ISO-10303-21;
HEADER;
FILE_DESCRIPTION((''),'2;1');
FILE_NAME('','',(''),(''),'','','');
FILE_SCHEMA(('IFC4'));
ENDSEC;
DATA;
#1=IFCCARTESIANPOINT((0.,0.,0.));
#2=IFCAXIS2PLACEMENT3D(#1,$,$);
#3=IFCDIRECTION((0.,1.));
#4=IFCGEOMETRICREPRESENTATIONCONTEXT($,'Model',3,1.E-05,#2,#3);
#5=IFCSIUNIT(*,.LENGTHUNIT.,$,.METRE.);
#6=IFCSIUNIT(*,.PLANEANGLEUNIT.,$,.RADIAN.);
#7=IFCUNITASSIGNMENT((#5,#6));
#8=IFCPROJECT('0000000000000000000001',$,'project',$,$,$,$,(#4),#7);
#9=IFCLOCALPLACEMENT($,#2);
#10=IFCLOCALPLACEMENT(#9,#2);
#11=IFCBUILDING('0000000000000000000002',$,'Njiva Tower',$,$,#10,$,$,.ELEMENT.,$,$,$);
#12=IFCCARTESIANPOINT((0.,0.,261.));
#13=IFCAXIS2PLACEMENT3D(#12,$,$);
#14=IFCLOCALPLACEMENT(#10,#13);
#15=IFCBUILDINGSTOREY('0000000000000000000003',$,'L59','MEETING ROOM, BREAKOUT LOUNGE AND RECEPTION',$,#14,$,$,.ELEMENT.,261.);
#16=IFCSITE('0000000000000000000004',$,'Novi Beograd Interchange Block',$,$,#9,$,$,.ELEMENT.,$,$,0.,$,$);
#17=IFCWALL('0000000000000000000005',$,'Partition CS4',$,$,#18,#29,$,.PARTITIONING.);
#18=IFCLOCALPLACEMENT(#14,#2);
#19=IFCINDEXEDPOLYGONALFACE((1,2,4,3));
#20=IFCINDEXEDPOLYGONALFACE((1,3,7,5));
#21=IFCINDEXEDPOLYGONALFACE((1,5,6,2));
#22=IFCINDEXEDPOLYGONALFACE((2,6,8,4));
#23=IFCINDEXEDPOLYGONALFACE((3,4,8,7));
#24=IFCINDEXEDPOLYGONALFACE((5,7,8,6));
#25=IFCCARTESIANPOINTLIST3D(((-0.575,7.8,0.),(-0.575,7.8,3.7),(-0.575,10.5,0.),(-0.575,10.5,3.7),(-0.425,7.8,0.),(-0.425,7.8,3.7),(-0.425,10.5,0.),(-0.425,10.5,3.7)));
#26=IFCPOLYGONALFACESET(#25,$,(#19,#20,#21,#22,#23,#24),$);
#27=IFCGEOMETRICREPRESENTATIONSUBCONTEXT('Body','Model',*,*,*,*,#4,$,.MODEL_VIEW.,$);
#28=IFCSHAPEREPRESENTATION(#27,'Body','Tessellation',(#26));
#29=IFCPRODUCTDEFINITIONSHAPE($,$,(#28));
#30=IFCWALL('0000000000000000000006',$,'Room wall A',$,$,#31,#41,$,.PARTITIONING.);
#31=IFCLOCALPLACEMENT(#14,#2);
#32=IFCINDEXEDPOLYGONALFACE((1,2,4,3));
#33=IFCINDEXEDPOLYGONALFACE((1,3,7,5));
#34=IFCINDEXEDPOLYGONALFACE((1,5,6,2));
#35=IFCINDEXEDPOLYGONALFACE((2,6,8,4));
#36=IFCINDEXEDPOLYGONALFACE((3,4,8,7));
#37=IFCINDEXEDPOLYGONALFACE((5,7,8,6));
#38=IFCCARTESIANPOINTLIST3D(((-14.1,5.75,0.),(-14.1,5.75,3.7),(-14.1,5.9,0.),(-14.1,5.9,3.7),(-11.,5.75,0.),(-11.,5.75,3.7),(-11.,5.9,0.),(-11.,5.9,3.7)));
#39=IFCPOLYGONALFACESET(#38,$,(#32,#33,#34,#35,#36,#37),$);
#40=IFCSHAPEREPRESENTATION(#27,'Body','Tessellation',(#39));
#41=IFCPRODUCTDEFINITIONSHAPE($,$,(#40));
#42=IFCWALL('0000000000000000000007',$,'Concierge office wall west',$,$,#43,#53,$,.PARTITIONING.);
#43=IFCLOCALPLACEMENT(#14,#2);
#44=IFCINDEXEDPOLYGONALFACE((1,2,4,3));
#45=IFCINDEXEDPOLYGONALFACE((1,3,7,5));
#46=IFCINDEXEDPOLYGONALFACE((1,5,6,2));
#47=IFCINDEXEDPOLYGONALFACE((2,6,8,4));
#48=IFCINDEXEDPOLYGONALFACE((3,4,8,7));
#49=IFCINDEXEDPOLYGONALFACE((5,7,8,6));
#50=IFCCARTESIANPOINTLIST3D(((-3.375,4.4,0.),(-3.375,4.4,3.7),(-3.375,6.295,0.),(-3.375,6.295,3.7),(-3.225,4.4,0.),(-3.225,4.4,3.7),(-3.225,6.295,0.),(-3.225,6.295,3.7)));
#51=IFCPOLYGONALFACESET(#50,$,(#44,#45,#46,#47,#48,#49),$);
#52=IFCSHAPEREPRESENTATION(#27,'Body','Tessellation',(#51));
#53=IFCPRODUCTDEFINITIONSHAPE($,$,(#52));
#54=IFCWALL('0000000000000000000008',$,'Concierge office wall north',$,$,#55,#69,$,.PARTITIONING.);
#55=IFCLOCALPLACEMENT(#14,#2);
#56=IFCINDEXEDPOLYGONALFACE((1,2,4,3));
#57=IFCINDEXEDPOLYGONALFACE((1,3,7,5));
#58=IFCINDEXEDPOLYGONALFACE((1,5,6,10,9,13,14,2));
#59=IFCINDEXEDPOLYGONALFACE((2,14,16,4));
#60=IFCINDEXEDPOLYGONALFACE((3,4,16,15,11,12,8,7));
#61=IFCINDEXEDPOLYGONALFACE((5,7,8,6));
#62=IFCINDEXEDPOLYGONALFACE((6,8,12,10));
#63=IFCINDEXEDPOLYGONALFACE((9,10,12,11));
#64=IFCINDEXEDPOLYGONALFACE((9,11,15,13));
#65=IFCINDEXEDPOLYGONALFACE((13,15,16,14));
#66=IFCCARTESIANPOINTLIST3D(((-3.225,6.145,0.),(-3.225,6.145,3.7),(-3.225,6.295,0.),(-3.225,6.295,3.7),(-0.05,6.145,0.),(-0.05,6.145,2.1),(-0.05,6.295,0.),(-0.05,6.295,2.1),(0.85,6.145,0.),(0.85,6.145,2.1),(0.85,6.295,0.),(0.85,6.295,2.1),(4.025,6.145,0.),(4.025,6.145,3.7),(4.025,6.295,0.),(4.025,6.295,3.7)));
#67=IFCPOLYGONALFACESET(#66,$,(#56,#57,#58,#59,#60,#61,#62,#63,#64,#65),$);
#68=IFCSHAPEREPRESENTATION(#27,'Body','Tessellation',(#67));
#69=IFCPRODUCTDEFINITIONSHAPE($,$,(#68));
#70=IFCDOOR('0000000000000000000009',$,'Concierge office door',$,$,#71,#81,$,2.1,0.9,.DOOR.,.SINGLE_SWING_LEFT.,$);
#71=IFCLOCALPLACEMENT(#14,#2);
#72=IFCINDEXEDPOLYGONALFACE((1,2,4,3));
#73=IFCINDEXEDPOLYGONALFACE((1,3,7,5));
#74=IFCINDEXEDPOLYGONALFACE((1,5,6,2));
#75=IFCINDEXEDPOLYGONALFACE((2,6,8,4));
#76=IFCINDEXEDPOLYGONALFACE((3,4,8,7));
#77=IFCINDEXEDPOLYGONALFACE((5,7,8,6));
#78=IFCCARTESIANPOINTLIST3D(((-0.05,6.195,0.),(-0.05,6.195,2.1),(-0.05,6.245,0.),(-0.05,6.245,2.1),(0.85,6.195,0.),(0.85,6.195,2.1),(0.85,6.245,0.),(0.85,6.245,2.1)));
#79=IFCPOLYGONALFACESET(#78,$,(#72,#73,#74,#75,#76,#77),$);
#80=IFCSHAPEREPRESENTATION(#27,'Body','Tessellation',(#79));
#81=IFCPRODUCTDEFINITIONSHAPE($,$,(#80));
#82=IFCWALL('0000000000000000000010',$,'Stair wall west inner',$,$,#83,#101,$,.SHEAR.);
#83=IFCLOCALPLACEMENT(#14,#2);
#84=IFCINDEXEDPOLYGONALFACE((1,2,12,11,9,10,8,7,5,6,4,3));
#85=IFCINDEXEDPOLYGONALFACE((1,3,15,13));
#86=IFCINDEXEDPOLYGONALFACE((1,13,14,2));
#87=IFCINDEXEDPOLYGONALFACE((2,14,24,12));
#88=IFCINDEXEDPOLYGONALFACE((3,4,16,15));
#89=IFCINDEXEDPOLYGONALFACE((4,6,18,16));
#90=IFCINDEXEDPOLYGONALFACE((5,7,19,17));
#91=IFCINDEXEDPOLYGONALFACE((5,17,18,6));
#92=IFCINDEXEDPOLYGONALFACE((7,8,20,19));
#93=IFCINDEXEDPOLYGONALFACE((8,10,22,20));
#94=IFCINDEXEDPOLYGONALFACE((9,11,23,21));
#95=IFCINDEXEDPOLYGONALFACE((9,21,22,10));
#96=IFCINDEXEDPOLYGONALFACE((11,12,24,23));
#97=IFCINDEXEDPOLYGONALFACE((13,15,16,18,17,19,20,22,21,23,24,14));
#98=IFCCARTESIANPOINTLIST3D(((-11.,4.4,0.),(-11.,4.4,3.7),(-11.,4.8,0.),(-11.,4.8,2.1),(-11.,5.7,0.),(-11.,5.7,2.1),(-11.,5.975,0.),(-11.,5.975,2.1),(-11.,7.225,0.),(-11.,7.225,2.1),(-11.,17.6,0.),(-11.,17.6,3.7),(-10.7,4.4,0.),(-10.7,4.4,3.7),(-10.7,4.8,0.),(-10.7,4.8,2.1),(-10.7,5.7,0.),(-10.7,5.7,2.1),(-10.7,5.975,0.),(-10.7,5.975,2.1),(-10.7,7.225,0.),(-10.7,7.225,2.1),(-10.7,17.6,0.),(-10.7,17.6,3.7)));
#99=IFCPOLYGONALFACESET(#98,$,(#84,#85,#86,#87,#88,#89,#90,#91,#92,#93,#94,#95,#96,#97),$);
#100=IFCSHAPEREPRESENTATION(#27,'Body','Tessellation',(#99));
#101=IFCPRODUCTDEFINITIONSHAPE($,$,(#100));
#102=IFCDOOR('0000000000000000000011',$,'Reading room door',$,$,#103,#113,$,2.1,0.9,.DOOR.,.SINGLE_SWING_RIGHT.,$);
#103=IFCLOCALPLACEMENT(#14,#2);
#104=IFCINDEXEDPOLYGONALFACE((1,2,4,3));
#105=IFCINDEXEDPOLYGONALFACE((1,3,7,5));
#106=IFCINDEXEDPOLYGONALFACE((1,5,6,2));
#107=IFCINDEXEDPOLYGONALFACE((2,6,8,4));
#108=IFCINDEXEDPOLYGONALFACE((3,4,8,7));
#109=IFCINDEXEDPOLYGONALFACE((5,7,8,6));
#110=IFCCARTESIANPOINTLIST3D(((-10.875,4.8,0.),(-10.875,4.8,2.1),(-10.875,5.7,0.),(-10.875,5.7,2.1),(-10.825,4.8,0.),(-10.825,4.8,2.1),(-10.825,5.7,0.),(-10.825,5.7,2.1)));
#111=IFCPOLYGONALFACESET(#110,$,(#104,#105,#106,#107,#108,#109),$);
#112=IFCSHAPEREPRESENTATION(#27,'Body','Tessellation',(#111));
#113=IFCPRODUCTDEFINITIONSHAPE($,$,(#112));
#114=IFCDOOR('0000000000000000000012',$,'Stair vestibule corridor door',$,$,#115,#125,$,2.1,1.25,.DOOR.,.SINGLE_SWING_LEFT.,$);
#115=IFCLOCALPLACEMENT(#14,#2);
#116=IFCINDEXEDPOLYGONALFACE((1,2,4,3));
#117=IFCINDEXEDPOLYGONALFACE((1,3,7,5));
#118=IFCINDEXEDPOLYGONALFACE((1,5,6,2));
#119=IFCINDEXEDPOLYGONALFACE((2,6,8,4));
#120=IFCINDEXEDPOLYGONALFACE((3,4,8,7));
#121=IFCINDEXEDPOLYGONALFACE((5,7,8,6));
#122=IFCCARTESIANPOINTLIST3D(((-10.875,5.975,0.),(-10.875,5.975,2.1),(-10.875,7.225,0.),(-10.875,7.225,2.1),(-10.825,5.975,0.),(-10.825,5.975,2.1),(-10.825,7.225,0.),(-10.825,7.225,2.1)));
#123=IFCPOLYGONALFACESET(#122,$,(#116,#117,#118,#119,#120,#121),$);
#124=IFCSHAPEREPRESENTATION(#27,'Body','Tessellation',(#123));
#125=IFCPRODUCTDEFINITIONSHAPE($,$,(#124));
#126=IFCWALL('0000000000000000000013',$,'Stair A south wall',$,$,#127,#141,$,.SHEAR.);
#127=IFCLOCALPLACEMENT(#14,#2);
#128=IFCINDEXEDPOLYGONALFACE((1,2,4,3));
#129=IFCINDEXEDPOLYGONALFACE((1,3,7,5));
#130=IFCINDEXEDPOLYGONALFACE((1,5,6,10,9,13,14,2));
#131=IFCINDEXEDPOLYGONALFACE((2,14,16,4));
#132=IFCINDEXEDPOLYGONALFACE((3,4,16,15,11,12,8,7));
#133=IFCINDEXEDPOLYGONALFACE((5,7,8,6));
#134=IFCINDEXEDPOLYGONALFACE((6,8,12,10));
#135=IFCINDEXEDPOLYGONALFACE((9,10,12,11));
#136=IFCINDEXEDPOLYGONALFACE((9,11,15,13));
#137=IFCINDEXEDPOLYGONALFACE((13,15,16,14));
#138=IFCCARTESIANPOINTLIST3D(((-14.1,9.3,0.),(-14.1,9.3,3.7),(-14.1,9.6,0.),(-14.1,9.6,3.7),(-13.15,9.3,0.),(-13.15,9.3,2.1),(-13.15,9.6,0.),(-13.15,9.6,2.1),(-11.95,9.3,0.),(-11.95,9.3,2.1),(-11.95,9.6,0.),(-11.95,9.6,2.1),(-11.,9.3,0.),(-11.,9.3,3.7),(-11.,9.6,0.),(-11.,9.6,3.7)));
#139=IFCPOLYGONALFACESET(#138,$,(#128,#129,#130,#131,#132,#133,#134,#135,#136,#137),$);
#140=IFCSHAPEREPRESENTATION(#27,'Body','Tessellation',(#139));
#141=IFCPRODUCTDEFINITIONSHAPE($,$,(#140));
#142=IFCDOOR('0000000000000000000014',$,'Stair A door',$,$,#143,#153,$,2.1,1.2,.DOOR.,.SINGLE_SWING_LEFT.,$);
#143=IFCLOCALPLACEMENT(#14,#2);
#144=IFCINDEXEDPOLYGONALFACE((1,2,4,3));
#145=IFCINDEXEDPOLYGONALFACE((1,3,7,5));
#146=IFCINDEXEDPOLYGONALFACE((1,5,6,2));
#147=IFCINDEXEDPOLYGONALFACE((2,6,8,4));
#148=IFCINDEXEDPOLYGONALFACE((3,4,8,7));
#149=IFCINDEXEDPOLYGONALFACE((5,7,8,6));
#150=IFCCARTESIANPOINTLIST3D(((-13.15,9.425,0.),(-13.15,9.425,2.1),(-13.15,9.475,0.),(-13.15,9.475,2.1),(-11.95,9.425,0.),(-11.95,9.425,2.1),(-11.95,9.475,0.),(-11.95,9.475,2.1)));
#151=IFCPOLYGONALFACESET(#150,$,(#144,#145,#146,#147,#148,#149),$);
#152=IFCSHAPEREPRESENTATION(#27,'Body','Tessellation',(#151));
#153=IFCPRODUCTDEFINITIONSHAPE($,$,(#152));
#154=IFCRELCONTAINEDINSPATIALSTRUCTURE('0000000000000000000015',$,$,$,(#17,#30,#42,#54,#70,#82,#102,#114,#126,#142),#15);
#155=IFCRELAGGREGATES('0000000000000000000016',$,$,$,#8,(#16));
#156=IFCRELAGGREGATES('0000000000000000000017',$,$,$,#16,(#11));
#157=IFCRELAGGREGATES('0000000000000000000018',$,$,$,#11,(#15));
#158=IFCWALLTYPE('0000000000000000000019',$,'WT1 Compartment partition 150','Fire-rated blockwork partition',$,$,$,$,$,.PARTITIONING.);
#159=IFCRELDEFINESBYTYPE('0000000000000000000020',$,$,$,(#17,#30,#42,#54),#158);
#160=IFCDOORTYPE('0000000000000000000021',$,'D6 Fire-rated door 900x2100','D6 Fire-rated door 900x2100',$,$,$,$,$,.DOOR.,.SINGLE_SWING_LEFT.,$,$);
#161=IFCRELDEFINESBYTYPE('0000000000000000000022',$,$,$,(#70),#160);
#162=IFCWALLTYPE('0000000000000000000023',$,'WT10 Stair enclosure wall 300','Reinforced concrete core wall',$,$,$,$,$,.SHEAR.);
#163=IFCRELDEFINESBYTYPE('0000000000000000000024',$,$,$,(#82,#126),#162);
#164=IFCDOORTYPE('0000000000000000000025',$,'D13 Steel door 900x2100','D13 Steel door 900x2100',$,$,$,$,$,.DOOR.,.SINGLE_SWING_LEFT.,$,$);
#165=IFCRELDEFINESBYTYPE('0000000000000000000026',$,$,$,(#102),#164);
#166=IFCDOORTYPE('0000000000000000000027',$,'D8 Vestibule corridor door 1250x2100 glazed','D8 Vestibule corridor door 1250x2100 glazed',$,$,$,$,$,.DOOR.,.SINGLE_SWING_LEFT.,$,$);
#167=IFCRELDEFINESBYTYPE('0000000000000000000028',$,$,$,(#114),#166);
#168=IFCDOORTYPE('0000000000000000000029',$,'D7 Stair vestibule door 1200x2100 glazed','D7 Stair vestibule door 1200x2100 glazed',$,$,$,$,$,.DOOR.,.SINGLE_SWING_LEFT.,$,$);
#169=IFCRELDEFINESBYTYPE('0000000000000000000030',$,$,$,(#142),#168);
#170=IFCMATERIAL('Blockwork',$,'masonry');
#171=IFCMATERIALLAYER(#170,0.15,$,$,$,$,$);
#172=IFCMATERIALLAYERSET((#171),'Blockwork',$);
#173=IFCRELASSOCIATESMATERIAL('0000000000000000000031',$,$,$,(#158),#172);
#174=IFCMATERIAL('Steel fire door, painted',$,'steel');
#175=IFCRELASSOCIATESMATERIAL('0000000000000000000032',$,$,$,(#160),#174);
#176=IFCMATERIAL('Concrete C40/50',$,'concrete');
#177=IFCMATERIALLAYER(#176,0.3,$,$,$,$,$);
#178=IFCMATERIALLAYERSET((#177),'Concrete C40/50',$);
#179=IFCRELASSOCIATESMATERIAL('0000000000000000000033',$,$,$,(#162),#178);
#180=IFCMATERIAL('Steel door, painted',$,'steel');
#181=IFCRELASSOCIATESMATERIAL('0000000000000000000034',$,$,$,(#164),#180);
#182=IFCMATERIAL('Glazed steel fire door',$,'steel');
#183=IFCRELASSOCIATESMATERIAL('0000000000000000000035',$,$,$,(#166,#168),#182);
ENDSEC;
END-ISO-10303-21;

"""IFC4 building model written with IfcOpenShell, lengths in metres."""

from ifc_helpers import new_model, si_unit, direction, frame, frame_2d, origin, place, context, subcontext, project, spatial, rectangle, extrude, material, layer, layer_set, type_object, element, fill, save


model = new_model("IFC4")

# Units and contexts
model_context = context("Model", 3, precision=1e-05, world=origin(), true_north=direction((0.0, 1.0)))
body_context = subcontext(model_context, "Body", "Model", "MODEL_VIEW")
ifc_project = project(units=[si_unit("LENGTHUNIT", "METRE"), si_unit("PLANEANGLEUNIT", "RADIAN")], contexts=[model_context])

# Site, building, storey
site_placement = place(None, origin())
site = spatial("IfcSite", under=ifc_project, at=site_placement, Name="Novi Beograd Interchange Block", CompositionType="ELEMENT", RefElevation=0.0)
building_placement = place(site_placement, origin())
building = spatial("IfcBuilding", under=site, at=building_placement, Name="Njiva Tower", CompositionType="ELEMENT")
storey_placement = place(building_placement, frame((0.0, 0.0, 261.0)))
storey = spatial("IfcBuildingStorey", under=building, at=storey_placement, Name="L59", Description="MEETING ROOM, BREAKOUT LOUNGE AND RECEPTION", CompositionType="ELEMENT", Elevation=261.0)

# Walls
ifc_material_1 = material(Name="Blockwork", Category="masonry")
ifc_layer_1 = layer(ifc_material_1, 0.15)
ifc_layer_set_1 = layer_set([ifc_layer_1], Name="Blockwork")
wall_type_1 = type_object("IfcWallType", Name="WT1 Compartment partition 150", Description="Fire-rated blockwork partition", PredefinedType="PARTITIONING", material=ifc_layer_set_1)
wall_1_placement = place(storey_placement, frame((-0.5, 7.8, 0.0), z_axis=(0.0, 0.0, 1.0), x_axis=(0.0, 1.0, 0.0)))
element("IfcWall", 1, at=wall_1_placement, inside=storey, type_object=wall_type_1, Name="Partition CS4", PredefinedType="PARTITIONING", context=body_context, shape_type="SweptSolid", body=[
    extrude(rectangle(XDim=2.7, YDim=0.15, at=frame_2d((1.35, 0.0))), origin(), (0.0, 0.0, 1.0), 3.7),
])
wall_2_placement = place(storey_placement, frame((-14.1, 5.825, 0.0), z_axis=(0.0, 0.0, 1.0), x_axis=(1.0, 0.0, 0.0)))
element("IfcWall", 2, at=wall_2_placement, inside=storey, type_object=wall_type_1, Name="Room wall A", PredefinedType="PARTITIONING", context=body_context, shape_type="SweptSolid", body=[
    extrude(rectangle(XDim=3.1, YDim=0.15, at=frame_2d((1.55, 0.0))), origin(), (0.0, 0.0, 1.0), 3.7),
])
wall_3_placement = place(storey_placement, frame((-3.3, 4.4, 0.0), z_axis=(0.0, 0.0, 1.0), x_axis=(0.0, 1.0, 0.0)))
element("IfcWall", 3, at=wall_3_placement, inside=storey, type_object=wall_type_1, Name="Concierge office wall west", PredefinedType="PARTITIONING", context=body_context, shape_type="SweptSolid", body=[
    extrude(rectangle(XDim=1.895, YDim=0.15, at=frame_2d((0.9475, 0.0))), origin(), (0.0, 0.0, 1.0), 3.7),
])

# Wall, opening, door
wall_4_placement = place(storey_placement, frame((-3.225, 6.22, 0.0), z_axis=(0.0, 0.0, 1.0), x_axis=(1.0, 0.0, 0.0)))
wall_4 = element("IfcWall", 4, at=wall_4_placement, inside=storey, type_object=wall_type_1, Name="Concierge office wall north", PredefinedType="PARTITIONING", context=body_context, shape_type="SweptSolid", body=[
    extrude(rectangle(XDim=7.25, YDim=0.15, at=frame_2d((3.625, 0.0))), origin(), (0.0, 0.0, 1.0), 3.7),
])
opening_1_placement = place(wall_4_placement, frame((3.175, 0.0, 0.0)))
opening_1 = element("IfcOpeningElement", 5, at=opening_1_placement, cuts=wall_4, PredefinedType="OPENING", context=body_context, shape_type="SweptSolid", body=[
    extrude(rectangle(XDim=0.9, YDim=2.1, at=frame_2d((0.45, 1.05))), frame((0.0, 0.085, 0.0), z_axis=(0.0, -1.0, 0.0), x_axis=(1.0, 0.0, 0.0)), (0.0, 0.0, 1.0), 0.17),
])
ifc_material_2 = material(Name="Steel fire door, painted", Category="steel")
door_type_1 = type_object("IfcDoorType", Name="D6 Fire-rated door 900x2100", Description="D6 Fire-rated door 900x2100", OperationType="SINGLE_SWING_LEFT", PredefinedType="DOOR", material=ifc_material_2)
door_1_placement = place(opening_1_placement, origin())
door_1 = element("IfcDoor", 6, at=door_1_placement, inside=storey, type_object=door_type_1, Name="Concierge office door", OperationType="SINGLE_SWING_LEFT", OverallHeight=2.1, OverallWidth=0.9, PredefinedType="DOOR", context=body_context, shape_type="SweptSolid", body=[
    extrude(rectangle(XDim=0.9, YDim=2.1, at=frame_2d((0.45, 1.05))), frame((0.0, 0.025, 0.0), z_axis=(0.0, -1.0, 0.0), x_axis=(1.0, 0.0, 0.0)), (0.0, 0.0, 1.0), 0.05),
])
fill(opening_1, door_1)

# Wall, openings, doors
ifc_material_3 = material(Name="Concrete C40/50", Category="concrete")
ifc_layer_2 = layer(ifc_material_3, 0.3)
ifc_layer_set_2 = layer_set([ifc_layer_2], Name="Concrete C40/50")
wall_type_2 = type_object("IfcWallType", Name="WT10 Stair enclosure wall 300", Description="Reinforced concrete core wall", PredefinedType="SHEAR", material=ifc_layer_set_2)
wall_5_placement = place(storey_placement, frame((-10.85, 4.4, 0.0), z_axis=(0.0, 0.0, 1.0), x_axis=(0.0, 1.0, 0.0)))
wall_5 = element("IfcWall", 7, at=wall_5_placement, inside=storey, type_object=wall_type_2, Name="Stair wall west inner", PredefinedType="SHEAR", context=body_context, shape_type="SweptSolid", body=[
    extrude(rectangle(XDim=13.2, YDim=0.3, at=frame_2d((6.6, 0.0))), origin(), (0.0, 0.0, 1.0), 3.7),
])
opening_2_placement = place(wall_5_placement, frame((1.575, 0.0, 0.0)))
opening_2 = element("IfcOpeningElement", 8, at=opening_2_placement, cuts=wall_5, PredefinedType="OPENING", context=body_context, shape_type="SweptSolid", body=[
    extrude(rectangle(XDim=1.25, YDim=2.1, at=frame_2d((0.625, 1.05))), frame((0.0, 0.16, 0.0), z_axis=(0.0, -1.0, 0.0), x_axis=(1.0, 0.0, 0.0)), (0.0, 0.0, 1.0), 0.32),
])
opening_3_placement = place(wall_5_placement, frame((0.4, 0.0, 0.0)))
opening_3 = element("IfcOpeningElement", 9, at=opening_3_placement, cuts=wall_5, PredefinedType="OPENING", context=body_context, shape_type="SweptSolid", body=[
    extrude(rectangle(XDim=0.9, YDim=2.1, at=frame_2d((0.45, 1.05))), frame((0.0, 0.16, 0.0), z_axis=(0.0, -1.0, 0.0), x_axis=(1.0, 0.0, 0.0)), (0.0, 0.0, 1.0), 0.32),
])
ifc_material_4 = material(Name="Steel door, painted", Category="steel")
door_type_2 = type_object("IfcDoorType", Name="D13 Steel door 900x2100", Description="D13 Steel door 900x2100", OperationType="SINGLE_SWING_LEFT", PredefinedType="DOOR", material=ifc_material_4)
door_2_placement = place(opening_3_placement, origin())
door_2 = element("IfcDoor", 10, at=door_2_placement, inside=storey, type_object=door_type_2, Name="Reading room door", OperationType="SINGLE_SWING_RIGHT", OverallHeight=2.1, OverallWidth=0.9, PredefinedType="DOOR", context=body_context, shape_type="SweptSolid", body=[
    extrude(rectangle(XDim=0.9, YDim=2.1, at=frame_2d((0.45, 1.05))), frame((0.0, 0.025, 0.0), z_axis=(0.0, -1.0, 0.0), x_axis=(1.0, 0.0, 0.0)), (0.0, 0.0, 1.0), 0.05),
])
fill(opening_3, door_2)
ifc_material_5 = material(Name="Glazed steel fire door", Category="steel")
door_type_3 = type_object("IfcDoorType", Name="D8 Vestibule corridor door 1250x2100 glazed", Description="D8 Vestibule corridor door 1250x2100 glazed", OperationType="SINGLE_SWING_LEFT", PredefinedType="DOOR", material=ifc_material_5)
door_3_placement = place(opening_2_placement, origin())
door_3 = element("IfcDoor", 11, at=door_3_placement, inside=storey, type_object=door_type_3, Name="Stair vestibule corridor door", OperationType="SINGLE_SWING_LEFT", OverallHeight=2.1, OverallWidth=1.25, PredefinedType="DOOR", context=body_context, shape_type="SweptSolid", body=[
    extrude(rectangle(XDim=1.25, YDim=2.1, at=frame_2d((0.625, 1.05))), frame((0.0, 0.025, 0.0), z_axis=(0.0, -1.0, 0.0), x_axis=(1.0, 0.0, 0.0)), (0.0, 0.0, 1.0), 0.05),
])
fill(opening_2, door_3)

# Wall, opening, door
wall_6_placement = place(storey_placement, frame((-14.1, 9.45, 0.0), z_axis=(0.0, 0.0, 1.0), x_axis=(1.0, 0.0, 0.0)))
wall_6 = element("IfcWall", 12, at=wall_6_placement, inside=storey, type_object=wall_type_2, Name="Stair A south wall", PredefinedType="SHEAR", context=body_context, shape_type="SweptSolid", body=[
    extrude(rectangle(XDim=3.1, YDim=0.3, at=frame_2d((1.55, 0.0))), origin(), (0.0, 0.0, 1.0), 3.7),
])
opening_4_placement = place(wall_6_placement, frame((0.95, 0.0, 0.0)))
opening_4 = element("IfcOpeningElement", 13, at=opening_4_placement, cuts=wall_6, PredefinedType="OPENING", context=body_context, shape_type="SweptSolid", body=[
    extrude(rectangle(XDim=1.2, YDim=2.1, at=frame_2d((0.6, 1.05))), frame((0.0, 0.16, 0.0), z_axis=(0.0, -1.0, 0.0), x_axis=(1.0, 0.0, 0.0)), (0.0, 0.0, 1.0), 0.32),
])
door_type_4 = type_object("IfcDoorType", Name="D7 Stair vestibule door 1200x2100 glazed", Description="D7 Stair vestibule door 1200x2100 glazed", OperationType="SINGLE_SWING_LEFT", PredefinedType="DOOR", material=ifc_material_5)
door_4_placement = place(opening_4_placement, origin())
door_4 = element("IfcDoor", 14, at=door_4_placement, inside=storey, type_object=door_type_4, Name="Stair A door", OperationType="SINGLE_SWING_LEFT", OverallHeight=2.1, OverallWidth=1.2, PredefinedType="DOOR", context=body_context, shape_type="SweptSolid", body=[
    extrude(rectangle(XDim=1.2, YDim=2.1, at=frame_2d((0.6, 1.05))), frame((0.0, 0.025, 0.0), z_axis=(0.0, -1.0, 0.0), x_axis=(1.0, 0.0, 0.0)), (0.0, 0.0, 1.0), 0.05),
])
fill(opening_4, door_4)

save(model, "model.ifc")
